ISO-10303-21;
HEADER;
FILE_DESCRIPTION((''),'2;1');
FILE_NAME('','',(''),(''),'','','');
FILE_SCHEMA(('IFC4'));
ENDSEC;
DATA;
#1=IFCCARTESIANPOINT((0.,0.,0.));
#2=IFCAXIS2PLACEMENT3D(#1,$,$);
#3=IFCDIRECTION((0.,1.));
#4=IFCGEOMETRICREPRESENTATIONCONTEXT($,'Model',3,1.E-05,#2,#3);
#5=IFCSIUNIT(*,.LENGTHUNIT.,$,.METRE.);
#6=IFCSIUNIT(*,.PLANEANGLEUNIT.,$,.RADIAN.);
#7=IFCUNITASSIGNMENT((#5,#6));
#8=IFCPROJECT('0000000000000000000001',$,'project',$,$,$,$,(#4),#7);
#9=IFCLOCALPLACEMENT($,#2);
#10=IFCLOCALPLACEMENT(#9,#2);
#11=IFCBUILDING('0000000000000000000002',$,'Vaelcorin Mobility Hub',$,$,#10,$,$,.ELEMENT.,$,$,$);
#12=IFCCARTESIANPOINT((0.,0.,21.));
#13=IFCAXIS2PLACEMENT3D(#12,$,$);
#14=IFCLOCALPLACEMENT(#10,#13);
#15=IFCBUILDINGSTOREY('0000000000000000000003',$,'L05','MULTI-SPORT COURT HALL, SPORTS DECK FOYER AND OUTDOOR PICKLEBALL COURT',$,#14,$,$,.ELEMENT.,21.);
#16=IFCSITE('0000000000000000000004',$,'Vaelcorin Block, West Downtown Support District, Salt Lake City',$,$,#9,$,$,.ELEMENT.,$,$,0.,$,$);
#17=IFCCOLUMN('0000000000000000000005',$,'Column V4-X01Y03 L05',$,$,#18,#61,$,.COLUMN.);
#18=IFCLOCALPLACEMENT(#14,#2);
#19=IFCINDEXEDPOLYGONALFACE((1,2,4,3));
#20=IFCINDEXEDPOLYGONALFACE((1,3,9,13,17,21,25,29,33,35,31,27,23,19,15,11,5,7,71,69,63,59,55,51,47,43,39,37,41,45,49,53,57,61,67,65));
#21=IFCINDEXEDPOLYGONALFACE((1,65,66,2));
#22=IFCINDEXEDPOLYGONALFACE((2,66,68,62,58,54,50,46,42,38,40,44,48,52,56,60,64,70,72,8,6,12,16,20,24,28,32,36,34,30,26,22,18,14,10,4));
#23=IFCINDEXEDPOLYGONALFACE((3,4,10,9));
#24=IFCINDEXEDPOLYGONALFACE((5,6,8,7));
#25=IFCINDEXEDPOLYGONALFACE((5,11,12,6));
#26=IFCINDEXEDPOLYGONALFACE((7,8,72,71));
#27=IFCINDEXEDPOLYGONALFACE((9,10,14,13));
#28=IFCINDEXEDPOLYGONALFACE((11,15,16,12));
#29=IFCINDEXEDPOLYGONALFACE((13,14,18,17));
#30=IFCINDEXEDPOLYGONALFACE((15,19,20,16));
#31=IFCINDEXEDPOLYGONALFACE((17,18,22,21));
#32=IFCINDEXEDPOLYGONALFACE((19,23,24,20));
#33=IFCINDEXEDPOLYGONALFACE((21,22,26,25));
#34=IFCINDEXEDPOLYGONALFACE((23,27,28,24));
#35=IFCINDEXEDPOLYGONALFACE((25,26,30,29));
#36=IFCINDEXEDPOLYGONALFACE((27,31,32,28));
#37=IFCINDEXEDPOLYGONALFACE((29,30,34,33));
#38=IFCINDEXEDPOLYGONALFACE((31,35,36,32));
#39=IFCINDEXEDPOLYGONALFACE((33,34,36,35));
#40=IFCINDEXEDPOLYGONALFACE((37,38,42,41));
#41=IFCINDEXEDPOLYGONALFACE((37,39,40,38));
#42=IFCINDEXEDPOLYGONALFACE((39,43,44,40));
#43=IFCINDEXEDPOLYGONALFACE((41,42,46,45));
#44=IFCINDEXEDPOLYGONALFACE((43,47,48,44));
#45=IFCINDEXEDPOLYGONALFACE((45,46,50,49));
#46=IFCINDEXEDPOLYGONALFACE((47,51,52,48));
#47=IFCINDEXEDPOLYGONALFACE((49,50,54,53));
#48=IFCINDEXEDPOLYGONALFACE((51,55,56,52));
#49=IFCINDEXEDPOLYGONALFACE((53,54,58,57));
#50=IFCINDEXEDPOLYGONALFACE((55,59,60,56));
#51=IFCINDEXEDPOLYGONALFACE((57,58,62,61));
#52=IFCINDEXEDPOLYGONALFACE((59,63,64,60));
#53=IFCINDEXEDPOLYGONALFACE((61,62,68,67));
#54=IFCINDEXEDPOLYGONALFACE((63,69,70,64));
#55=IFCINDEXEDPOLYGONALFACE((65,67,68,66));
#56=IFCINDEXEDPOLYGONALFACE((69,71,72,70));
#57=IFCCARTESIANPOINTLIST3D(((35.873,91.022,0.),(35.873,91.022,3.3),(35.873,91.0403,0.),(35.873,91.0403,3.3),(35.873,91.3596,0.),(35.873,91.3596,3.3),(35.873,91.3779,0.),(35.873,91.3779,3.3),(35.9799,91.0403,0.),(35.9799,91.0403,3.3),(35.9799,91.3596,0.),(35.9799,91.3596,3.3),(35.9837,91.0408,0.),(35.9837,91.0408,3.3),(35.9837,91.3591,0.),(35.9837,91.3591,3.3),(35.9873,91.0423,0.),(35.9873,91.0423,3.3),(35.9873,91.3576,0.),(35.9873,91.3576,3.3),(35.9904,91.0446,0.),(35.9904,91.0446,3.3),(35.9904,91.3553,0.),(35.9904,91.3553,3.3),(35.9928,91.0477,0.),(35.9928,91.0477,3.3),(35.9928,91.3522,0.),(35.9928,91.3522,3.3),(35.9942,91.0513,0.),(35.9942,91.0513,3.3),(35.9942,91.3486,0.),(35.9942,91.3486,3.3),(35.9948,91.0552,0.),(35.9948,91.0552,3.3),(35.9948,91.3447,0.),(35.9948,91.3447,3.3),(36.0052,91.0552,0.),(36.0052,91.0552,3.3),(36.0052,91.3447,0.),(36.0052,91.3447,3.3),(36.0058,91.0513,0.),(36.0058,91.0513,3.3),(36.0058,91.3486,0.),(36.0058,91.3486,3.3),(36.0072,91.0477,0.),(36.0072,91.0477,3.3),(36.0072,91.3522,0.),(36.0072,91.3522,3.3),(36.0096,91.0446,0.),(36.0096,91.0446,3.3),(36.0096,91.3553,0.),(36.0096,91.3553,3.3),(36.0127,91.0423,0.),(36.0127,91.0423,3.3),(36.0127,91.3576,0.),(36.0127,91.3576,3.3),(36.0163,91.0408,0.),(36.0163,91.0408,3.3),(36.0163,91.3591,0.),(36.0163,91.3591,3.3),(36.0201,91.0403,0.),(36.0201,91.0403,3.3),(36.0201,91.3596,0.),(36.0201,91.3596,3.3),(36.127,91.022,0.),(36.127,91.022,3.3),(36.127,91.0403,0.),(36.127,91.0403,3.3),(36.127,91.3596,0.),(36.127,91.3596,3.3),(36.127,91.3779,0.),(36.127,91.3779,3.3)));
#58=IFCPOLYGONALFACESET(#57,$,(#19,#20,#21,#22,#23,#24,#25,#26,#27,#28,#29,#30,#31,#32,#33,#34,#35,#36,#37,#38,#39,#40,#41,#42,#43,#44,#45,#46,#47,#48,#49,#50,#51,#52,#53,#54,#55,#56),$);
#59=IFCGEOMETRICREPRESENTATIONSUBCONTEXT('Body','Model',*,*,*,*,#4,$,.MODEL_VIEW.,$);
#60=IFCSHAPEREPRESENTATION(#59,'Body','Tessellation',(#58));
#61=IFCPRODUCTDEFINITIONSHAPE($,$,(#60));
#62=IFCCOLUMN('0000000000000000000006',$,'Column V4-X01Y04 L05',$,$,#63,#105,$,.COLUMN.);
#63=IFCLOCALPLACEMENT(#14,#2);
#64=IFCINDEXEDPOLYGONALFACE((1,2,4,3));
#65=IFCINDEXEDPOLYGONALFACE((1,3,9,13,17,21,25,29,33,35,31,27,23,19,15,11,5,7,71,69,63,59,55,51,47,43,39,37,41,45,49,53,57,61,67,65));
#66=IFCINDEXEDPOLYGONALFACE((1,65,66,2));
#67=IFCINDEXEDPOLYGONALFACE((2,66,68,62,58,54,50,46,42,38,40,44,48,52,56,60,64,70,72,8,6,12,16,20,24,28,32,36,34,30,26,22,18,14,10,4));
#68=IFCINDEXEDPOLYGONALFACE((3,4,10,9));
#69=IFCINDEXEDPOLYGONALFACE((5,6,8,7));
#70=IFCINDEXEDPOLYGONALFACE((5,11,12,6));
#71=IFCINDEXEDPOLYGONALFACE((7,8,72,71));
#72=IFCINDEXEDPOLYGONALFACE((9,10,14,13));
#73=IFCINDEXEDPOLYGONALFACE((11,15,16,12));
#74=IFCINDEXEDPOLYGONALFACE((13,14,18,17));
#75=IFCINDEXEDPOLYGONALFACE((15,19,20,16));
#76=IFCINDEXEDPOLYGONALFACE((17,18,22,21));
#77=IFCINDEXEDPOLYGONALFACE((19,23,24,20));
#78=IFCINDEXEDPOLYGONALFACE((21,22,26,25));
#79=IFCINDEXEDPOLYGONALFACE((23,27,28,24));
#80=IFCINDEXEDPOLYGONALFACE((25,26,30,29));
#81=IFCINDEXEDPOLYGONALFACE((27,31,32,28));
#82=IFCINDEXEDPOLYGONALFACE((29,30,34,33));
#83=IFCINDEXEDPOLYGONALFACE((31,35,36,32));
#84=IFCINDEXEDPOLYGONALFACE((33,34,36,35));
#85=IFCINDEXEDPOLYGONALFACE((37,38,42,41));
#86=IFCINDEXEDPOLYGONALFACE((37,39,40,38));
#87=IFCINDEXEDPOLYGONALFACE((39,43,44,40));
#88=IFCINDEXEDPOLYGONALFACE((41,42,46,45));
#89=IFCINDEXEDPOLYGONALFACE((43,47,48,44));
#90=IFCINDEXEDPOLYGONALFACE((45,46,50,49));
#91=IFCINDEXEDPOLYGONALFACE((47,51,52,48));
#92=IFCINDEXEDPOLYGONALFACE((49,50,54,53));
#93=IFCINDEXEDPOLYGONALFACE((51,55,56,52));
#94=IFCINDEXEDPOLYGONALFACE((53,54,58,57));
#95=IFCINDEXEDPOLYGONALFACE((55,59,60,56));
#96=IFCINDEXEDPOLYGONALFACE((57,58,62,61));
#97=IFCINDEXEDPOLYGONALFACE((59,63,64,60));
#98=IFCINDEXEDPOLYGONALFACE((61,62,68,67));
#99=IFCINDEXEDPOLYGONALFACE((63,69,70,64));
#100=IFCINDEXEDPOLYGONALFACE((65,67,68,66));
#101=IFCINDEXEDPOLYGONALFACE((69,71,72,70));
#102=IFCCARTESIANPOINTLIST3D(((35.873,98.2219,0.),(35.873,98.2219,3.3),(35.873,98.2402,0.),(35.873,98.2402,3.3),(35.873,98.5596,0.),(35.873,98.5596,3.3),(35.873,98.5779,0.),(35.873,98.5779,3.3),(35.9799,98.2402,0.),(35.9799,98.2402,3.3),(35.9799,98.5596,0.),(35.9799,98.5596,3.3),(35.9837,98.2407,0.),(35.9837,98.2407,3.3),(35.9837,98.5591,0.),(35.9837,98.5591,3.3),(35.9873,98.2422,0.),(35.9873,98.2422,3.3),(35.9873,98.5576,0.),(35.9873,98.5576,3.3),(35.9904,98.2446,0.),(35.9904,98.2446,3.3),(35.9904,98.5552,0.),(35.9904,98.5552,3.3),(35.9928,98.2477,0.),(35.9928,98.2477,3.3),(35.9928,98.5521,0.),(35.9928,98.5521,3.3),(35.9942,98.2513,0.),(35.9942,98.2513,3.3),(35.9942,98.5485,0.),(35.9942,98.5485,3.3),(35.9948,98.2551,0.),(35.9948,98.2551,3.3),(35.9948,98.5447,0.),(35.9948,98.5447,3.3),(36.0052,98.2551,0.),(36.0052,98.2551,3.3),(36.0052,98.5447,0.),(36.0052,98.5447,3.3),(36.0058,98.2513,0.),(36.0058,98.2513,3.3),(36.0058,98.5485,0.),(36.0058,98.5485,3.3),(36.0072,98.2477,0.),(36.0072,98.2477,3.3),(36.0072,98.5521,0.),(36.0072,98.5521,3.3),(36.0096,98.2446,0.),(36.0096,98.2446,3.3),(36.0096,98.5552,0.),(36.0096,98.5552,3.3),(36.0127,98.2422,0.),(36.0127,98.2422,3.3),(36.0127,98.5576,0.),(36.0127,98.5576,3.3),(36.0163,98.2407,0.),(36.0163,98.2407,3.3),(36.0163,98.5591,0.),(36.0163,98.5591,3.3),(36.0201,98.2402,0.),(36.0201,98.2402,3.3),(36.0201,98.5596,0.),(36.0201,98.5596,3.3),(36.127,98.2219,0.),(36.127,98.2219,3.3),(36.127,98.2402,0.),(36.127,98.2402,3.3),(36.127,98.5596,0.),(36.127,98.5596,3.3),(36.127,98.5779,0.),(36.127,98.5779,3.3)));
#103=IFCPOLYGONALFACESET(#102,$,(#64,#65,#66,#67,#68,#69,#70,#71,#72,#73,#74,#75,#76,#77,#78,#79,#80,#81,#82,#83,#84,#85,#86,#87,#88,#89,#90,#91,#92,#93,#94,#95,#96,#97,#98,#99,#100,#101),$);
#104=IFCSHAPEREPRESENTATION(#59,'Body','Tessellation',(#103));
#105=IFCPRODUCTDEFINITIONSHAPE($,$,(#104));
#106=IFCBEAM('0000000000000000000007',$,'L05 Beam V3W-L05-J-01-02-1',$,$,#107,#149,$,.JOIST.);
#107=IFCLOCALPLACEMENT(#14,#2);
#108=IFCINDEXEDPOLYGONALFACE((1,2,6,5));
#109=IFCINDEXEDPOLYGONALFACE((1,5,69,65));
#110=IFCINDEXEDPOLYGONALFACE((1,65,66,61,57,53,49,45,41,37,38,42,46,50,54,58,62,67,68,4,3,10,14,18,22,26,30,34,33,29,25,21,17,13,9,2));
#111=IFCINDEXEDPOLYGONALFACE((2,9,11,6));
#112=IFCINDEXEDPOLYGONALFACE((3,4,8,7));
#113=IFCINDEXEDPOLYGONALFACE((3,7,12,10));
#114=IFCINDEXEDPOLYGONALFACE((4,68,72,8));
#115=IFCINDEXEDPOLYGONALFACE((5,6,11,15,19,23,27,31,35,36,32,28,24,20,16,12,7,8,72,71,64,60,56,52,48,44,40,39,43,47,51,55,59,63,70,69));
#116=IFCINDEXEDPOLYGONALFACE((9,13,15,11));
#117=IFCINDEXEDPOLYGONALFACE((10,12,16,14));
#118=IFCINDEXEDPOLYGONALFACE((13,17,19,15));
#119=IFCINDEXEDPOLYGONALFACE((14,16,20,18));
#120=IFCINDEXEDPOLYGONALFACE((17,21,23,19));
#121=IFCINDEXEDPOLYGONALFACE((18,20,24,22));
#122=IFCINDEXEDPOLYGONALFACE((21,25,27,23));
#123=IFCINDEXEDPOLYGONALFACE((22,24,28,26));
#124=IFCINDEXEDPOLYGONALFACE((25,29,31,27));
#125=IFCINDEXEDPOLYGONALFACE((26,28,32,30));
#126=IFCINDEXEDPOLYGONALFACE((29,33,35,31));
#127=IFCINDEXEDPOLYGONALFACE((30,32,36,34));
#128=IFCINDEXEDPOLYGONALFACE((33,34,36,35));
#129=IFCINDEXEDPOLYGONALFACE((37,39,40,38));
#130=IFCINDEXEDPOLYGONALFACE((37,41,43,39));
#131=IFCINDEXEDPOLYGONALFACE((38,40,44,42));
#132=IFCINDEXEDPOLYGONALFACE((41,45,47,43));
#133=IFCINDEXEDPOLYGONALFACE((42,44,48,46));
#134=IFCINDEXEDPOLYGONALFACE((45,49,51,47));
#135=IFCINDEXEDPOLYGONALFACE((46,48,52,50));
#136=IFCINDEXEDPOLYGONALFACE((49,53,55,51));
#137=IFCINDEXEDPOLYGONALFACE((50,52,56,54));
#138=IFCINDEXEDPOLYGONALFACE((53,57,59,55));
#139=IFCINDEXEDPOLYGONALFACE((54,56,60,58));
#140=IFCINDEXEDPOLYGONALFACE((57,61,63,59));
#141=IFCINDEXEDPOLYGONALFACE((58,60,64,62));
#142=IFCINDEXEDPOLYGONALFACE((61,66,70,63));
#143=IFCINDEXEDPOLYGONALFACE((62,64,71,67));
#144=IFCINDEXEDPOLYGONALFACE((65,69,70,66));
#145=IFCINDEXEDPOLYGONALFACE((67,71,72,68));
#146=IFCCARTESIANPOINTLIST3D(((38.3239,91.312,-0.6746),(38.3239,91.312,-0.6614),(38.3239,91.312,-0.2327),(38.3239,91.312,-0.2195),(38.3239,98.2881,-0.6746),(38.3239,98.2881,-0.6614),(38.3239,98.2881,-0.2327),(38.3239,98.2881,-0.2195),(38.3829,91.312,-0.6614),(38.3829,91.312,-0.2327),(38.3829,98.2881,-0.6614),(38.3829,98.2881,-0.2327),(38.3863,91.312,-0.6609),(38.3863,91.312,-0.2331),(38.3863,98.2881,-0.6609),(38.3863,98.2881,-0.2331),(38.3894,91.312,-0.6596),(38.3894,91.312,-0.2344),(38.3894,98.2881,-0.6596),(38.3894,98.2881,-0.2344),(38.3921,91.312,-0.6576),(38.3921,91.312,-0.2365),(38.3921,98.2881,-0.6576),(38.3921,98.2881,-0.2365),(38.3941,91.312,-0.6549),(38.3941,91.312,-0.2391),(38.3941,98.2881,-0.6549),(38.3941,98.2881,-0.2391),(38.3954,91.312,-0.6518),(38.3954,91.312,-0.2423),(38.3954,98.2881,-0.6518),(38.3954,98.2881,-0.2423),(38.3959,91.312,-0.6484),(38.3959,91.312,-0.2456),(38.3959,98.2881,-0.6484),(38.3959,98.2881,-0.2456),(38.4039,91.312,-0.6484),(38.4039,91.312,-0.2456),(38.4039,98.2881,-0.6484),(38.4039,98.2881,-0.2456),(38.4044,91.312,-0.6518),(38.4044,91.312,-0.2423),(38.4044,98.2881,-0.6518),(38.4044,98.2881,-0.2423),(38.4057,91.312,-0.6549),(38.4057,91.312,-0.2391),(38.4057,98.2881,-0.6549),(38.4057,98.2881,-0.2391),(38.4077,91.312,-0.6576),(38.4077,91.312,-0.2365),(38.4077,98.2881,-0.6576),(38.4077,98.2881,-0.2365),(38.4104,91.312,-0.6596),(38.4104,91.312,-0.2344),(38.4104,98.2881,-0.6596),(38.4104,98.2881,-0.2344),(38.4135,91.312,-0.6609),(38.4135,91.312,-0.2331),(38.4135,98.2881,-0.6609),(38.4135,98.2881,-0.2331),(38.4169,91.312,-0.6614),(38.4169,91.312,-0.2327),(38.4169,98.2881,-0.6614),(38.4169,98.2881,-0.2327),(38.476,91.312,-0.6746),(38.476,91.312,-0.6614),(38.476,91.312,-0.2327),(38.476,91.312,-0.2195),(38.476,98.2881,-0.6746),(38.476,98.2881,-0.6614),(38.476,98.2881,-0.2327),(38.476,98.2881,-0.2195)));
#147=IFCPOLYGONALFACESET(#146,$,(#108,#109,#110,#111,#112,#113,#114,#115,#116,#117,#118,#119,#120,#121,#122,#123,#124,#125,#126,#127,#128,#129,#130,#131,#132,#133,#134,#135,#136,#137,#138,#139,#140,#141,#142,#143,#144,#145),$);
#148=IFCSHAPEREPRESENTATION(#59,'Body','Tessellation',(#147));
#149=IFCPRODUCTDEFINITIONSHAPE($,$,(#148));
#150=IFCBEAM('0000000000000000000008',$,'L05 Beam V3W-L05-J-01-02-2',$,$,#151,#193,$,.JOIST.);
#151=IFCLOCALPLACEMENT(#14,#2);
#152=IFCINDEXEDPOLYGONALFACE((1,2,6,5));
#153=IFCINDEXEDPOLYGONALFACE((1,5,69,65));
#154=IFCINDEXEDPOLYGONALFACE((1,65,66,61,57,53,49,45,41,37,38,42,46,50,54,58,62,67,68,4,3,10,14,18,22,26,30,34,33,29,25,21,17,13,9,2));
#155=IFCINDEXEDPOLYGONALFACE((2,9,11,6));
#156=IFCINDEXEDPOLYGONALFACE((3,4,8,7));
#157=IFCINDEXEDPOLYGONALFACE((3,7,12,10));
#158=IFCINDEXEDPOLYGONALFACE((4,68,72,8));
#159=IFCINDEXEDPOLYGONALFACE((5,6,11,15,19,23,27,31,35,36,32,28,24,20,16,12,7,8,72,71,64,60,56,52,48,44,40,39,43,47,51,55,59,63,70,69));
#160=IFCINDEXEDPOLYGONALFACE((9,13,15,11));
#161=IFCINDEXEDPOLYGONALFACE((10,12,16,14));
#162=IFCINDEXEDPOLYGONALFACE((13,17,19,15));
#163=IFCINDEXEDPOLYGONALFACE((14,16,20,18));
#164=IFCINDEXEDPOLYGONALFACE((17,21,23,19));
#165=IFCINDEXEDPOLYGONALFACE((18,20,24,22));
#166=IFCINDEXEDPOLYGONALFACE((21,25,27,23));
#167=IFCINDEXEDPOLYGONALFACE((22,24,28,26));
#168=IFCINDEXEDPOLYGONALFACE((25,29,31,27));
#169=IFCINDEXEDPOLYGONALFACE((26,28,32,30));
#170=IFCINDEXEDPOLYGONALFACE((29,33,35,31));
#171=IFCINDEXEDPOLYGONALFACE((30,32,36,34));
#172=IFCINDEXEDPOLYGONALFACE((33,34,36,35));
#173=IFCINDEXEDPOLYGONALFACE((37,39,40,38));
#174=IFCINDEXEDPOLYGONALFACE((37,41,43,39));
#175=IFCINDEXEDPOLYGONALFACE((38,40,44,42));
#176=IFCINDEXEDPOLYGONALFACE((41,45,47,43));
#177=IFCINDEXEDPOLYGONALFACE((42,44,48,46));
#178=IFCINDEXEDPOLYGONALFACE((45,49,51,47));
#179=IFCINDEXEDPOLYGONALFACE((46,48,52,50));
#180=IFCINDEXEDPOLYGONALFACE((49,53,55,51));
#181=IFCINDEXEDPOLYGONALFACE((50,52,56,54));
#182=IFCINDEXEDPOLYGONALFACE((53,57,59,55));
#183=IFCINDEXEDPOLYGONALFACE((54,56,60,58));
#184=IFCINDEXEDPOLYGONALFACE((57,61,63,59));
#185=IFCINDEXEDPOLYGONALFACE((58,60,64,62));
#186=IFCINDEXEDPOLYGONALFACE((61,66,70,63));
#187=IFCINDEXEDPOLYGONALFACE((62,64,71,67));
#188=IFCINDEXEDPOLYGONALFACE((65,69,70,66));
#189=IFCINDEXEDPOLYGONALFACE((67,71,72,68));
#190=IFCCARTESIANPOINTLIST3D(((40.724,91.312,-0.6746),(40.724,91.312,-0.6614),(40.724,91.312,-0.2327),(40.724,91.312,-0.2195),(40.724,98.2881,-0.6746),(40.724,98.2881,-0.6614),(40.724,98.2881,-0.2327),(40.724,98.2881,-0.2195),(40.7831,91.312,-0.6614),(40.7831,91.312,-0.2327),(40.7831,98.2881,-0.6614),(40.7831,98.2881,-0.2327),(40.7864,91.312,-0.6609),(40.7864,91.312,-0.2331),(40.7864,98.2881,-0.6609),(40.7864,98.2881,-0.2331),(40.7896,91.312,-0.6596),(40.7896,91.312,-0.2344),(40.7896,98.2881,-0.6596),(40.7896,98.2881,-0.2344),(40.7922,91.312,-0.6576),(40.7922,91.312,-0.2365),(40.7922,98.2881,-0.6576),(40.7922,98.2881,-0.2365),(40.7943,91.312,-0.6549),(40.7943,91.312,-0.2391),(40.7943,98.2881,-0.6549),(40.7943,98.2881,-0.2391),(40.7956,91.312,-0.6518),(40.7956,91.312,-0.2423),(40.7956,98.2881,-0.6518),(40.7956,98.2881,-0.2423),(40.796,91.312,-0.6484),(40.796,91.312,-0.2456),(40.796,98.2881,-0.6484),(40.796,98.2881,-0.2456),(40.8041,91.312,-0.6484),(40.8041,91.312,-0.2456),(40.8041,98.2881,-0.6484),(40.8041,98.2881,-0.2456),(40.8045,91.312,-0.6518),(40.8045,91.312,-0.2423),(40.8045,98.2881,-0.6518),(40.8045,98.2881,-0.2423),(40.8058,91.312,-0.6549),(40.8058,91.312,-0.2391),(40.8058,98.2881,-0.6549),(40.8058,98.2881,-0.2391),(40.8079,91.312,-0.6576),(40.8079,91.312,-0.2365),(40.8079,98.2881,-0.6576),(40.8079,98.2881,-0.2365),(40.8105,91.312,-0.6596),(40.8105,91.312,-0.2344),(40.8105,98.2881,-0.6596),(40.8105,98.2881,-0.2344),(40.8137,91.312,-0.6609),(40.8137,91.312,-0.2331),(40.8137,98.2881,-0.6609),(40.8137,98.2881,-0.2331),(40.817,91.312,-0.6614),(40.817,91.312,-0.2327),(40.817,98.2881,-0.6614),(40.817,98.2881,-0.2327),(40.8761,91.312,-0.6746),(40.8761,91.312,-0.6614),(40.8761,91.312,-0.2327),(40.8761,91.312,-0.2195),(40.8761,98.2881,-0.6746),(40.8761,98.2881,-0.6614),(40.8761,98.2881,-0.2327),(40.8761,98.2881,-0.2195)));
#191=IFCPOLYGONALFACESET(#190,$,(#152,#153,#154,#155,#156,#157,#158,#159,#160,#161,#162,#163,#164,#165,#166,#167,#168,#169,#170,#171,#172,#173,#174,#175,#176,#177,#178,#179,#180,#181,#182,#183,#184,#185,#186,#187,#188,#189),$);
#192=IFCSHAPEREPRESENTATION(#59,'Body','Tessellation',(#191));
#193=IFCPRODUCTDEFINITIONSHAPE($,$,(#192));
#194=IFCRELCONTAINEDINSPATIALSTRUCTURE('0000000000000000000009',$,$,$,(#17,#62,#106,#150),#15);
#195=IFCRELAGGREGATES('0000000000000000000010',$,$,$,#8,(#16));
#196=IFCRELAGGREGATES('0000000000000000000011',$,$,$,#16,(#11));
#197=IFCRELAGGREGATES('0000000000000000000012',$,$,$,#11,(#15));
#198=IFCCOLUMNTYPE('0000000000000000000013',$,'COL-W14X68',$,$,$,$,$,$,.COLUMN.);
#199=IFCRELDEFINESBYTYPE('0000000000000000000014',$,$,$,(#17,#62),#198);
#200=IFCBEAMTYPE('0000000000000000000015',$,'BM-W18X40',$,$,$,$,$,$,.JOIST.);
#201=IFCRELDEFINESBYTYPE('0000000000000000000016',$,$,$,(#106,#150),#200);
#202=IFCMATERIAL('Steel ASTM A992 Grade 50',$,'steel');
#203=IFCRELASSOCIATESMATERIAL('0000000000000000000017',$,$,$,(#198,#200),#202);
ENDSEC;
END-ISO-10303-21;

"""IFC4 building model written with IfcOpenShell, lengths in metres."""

from ifc_helpers import new_model, si_unit, direction, frame, origin, origin_2d, place, context, subcontext, project, spatial, i_section, extrude, material, material_profile, profile_set, type_object, element, save


model = new_model("IFC4")

# Units and contexts
model_context = context("Model", 3, precision=1e-05, world=origin(), true_north=direction((0.0, 1.0)))
body_context = subcontext(model_context, "Body", "Model", "MODEL_VIEW")
ifc_project = project(units=[si_unit("LENGTHUNIT", "METRE"), si_unit("PLANEANGLEUNIT", "RADIAN")], contexts=[model_context])

# Site, building, storey
site_placement = place(None, origin())
site = spatial("IfcSite", under=ifc_project, at=site_placement, Name="Vaelcorin Block, West Downtown Support District, Salt Lake City", CompositionType="ELEMENT", RefElevation=0.0)
building_placement = place(site_placement, origin())
building = spatial("IfcBuilding", under=site, at=building_placement, Name="Vaelcorin Mobility Hub", CompositionType="ELEMENT")
storey_placement = place(building_placement, frame((0.0, 0.0, 21.0)))
storey = spatial("IfcBuildingStorey", under=building, at=storey_placement, Name="L05", Description="MULTI-SPORT COURT HALL, SPORTS DECK FOYER AND OUTDOOR PICKLEBALL COURT", CompositionType="ELEMENT", Elevation=21.0)

# Columns
ifc_material_1 = material(Name="Steel ASTM A992 Grade 50", Category="steel")
ifc_material_profile_1 = material_profile(ifc_material_1, i_section(OverallWidth=0.2539, OverallDepth=0.356, WebThickness=0.0105, FlangeThickness=0.0183, FilletRadius=0.0149, at=origin_2d()), Name="W14X68")
ifc_profile_set_1 = profile_set([ifc_material_profile_1], Name="Steel ASTM A992 Grade 50")
column_type = type_object("IfcColumnType", Name="COL-W14X68", PredefinedType="COLUMN", material=ifc_profile_set_1)
for number, where, z_axis, x_axis, name in (
    (1, (36.0, 91.2, 0.0), (0.0, 0.0, 1.0), (1.0, 0.0, 0.0), "Column V4-X01Y03 L05"),
    (2, (36.0, 98.3999, 0.0), (0.0, 0.0, 1.0), (1.0, 0.0, 0.0), "Column V4-X01Y04 L05"),
):
    element("IfcColumn", number, at=place(storey_placement, frame(where, z_axis=z_axis, x_axis=x_axis)), inside=storey, type_object=column_type, Name=name, PredefinedType="COLUMN", context=body_context, shape_type="SweptSolid", body=[
        extrude(i_section(OverallWidth=0.2539, OverallDepth=0.356, WebThickness=0.0105, FlangeThickness=0.0183, FilletRadius=0.0149, at=origin_2d()), origin(), (0.0, 0.0, 1.0), 3.3),
    ])

# Beams
ifc_material_profile_2 = material_profile(ifc_material_1, i_section(OverallWidth=0.1521, OverallDepth=0.4551, WebThickness=0.0081, FlangeThickness=0.0132, FilletRadius=0.0129, at=origin_2d()), Name="W18X40")
ifc_profile_set_2 = profile_set([ifc_material_profile_2], Name="Steel ASTM A992 Grade 50")
beam_type_1 = type_object("IfcBeamType", Name="BM-W18X40", PredefinedType="JOIST", material=ifc_profile_set_2)
for number, where, z_axis, x_axis, name in (
    (3, (38.3999, 91.312, -0.447), (0.0, 1.0, 0.0), (-1.0, 0.0, 0.0), "L05 Beam V3W-L05-J-01-02-1"),
    (4, (40.8, 91.312, -0.447), (0.0, 1.0, 0.0), (-1.0, 0.0, 0.0), "L05 Beam V3W-L05-J-01-02-2"),
):
    element("IfcBeam", number, at=place(storey_placement, frame(where, z_axis=z_axis, x_axis=x_axis)), inside=storey, type_object=beam_type_1, Name=name, PredefinedType="JOIST", context=body_context, shape_type="SweptSolid", body=[
        extrude(i_section(OverallWidth=0.1521, OverallDepth=0.4551, WebThickness=0.0081, FlangeThickness=0.0132, FilletRadius=0.0129, at=origin_2d()), origin(), (0.0, 0.0, 1.0), 6.9761),
    ])

save(model, "model.ifc")
